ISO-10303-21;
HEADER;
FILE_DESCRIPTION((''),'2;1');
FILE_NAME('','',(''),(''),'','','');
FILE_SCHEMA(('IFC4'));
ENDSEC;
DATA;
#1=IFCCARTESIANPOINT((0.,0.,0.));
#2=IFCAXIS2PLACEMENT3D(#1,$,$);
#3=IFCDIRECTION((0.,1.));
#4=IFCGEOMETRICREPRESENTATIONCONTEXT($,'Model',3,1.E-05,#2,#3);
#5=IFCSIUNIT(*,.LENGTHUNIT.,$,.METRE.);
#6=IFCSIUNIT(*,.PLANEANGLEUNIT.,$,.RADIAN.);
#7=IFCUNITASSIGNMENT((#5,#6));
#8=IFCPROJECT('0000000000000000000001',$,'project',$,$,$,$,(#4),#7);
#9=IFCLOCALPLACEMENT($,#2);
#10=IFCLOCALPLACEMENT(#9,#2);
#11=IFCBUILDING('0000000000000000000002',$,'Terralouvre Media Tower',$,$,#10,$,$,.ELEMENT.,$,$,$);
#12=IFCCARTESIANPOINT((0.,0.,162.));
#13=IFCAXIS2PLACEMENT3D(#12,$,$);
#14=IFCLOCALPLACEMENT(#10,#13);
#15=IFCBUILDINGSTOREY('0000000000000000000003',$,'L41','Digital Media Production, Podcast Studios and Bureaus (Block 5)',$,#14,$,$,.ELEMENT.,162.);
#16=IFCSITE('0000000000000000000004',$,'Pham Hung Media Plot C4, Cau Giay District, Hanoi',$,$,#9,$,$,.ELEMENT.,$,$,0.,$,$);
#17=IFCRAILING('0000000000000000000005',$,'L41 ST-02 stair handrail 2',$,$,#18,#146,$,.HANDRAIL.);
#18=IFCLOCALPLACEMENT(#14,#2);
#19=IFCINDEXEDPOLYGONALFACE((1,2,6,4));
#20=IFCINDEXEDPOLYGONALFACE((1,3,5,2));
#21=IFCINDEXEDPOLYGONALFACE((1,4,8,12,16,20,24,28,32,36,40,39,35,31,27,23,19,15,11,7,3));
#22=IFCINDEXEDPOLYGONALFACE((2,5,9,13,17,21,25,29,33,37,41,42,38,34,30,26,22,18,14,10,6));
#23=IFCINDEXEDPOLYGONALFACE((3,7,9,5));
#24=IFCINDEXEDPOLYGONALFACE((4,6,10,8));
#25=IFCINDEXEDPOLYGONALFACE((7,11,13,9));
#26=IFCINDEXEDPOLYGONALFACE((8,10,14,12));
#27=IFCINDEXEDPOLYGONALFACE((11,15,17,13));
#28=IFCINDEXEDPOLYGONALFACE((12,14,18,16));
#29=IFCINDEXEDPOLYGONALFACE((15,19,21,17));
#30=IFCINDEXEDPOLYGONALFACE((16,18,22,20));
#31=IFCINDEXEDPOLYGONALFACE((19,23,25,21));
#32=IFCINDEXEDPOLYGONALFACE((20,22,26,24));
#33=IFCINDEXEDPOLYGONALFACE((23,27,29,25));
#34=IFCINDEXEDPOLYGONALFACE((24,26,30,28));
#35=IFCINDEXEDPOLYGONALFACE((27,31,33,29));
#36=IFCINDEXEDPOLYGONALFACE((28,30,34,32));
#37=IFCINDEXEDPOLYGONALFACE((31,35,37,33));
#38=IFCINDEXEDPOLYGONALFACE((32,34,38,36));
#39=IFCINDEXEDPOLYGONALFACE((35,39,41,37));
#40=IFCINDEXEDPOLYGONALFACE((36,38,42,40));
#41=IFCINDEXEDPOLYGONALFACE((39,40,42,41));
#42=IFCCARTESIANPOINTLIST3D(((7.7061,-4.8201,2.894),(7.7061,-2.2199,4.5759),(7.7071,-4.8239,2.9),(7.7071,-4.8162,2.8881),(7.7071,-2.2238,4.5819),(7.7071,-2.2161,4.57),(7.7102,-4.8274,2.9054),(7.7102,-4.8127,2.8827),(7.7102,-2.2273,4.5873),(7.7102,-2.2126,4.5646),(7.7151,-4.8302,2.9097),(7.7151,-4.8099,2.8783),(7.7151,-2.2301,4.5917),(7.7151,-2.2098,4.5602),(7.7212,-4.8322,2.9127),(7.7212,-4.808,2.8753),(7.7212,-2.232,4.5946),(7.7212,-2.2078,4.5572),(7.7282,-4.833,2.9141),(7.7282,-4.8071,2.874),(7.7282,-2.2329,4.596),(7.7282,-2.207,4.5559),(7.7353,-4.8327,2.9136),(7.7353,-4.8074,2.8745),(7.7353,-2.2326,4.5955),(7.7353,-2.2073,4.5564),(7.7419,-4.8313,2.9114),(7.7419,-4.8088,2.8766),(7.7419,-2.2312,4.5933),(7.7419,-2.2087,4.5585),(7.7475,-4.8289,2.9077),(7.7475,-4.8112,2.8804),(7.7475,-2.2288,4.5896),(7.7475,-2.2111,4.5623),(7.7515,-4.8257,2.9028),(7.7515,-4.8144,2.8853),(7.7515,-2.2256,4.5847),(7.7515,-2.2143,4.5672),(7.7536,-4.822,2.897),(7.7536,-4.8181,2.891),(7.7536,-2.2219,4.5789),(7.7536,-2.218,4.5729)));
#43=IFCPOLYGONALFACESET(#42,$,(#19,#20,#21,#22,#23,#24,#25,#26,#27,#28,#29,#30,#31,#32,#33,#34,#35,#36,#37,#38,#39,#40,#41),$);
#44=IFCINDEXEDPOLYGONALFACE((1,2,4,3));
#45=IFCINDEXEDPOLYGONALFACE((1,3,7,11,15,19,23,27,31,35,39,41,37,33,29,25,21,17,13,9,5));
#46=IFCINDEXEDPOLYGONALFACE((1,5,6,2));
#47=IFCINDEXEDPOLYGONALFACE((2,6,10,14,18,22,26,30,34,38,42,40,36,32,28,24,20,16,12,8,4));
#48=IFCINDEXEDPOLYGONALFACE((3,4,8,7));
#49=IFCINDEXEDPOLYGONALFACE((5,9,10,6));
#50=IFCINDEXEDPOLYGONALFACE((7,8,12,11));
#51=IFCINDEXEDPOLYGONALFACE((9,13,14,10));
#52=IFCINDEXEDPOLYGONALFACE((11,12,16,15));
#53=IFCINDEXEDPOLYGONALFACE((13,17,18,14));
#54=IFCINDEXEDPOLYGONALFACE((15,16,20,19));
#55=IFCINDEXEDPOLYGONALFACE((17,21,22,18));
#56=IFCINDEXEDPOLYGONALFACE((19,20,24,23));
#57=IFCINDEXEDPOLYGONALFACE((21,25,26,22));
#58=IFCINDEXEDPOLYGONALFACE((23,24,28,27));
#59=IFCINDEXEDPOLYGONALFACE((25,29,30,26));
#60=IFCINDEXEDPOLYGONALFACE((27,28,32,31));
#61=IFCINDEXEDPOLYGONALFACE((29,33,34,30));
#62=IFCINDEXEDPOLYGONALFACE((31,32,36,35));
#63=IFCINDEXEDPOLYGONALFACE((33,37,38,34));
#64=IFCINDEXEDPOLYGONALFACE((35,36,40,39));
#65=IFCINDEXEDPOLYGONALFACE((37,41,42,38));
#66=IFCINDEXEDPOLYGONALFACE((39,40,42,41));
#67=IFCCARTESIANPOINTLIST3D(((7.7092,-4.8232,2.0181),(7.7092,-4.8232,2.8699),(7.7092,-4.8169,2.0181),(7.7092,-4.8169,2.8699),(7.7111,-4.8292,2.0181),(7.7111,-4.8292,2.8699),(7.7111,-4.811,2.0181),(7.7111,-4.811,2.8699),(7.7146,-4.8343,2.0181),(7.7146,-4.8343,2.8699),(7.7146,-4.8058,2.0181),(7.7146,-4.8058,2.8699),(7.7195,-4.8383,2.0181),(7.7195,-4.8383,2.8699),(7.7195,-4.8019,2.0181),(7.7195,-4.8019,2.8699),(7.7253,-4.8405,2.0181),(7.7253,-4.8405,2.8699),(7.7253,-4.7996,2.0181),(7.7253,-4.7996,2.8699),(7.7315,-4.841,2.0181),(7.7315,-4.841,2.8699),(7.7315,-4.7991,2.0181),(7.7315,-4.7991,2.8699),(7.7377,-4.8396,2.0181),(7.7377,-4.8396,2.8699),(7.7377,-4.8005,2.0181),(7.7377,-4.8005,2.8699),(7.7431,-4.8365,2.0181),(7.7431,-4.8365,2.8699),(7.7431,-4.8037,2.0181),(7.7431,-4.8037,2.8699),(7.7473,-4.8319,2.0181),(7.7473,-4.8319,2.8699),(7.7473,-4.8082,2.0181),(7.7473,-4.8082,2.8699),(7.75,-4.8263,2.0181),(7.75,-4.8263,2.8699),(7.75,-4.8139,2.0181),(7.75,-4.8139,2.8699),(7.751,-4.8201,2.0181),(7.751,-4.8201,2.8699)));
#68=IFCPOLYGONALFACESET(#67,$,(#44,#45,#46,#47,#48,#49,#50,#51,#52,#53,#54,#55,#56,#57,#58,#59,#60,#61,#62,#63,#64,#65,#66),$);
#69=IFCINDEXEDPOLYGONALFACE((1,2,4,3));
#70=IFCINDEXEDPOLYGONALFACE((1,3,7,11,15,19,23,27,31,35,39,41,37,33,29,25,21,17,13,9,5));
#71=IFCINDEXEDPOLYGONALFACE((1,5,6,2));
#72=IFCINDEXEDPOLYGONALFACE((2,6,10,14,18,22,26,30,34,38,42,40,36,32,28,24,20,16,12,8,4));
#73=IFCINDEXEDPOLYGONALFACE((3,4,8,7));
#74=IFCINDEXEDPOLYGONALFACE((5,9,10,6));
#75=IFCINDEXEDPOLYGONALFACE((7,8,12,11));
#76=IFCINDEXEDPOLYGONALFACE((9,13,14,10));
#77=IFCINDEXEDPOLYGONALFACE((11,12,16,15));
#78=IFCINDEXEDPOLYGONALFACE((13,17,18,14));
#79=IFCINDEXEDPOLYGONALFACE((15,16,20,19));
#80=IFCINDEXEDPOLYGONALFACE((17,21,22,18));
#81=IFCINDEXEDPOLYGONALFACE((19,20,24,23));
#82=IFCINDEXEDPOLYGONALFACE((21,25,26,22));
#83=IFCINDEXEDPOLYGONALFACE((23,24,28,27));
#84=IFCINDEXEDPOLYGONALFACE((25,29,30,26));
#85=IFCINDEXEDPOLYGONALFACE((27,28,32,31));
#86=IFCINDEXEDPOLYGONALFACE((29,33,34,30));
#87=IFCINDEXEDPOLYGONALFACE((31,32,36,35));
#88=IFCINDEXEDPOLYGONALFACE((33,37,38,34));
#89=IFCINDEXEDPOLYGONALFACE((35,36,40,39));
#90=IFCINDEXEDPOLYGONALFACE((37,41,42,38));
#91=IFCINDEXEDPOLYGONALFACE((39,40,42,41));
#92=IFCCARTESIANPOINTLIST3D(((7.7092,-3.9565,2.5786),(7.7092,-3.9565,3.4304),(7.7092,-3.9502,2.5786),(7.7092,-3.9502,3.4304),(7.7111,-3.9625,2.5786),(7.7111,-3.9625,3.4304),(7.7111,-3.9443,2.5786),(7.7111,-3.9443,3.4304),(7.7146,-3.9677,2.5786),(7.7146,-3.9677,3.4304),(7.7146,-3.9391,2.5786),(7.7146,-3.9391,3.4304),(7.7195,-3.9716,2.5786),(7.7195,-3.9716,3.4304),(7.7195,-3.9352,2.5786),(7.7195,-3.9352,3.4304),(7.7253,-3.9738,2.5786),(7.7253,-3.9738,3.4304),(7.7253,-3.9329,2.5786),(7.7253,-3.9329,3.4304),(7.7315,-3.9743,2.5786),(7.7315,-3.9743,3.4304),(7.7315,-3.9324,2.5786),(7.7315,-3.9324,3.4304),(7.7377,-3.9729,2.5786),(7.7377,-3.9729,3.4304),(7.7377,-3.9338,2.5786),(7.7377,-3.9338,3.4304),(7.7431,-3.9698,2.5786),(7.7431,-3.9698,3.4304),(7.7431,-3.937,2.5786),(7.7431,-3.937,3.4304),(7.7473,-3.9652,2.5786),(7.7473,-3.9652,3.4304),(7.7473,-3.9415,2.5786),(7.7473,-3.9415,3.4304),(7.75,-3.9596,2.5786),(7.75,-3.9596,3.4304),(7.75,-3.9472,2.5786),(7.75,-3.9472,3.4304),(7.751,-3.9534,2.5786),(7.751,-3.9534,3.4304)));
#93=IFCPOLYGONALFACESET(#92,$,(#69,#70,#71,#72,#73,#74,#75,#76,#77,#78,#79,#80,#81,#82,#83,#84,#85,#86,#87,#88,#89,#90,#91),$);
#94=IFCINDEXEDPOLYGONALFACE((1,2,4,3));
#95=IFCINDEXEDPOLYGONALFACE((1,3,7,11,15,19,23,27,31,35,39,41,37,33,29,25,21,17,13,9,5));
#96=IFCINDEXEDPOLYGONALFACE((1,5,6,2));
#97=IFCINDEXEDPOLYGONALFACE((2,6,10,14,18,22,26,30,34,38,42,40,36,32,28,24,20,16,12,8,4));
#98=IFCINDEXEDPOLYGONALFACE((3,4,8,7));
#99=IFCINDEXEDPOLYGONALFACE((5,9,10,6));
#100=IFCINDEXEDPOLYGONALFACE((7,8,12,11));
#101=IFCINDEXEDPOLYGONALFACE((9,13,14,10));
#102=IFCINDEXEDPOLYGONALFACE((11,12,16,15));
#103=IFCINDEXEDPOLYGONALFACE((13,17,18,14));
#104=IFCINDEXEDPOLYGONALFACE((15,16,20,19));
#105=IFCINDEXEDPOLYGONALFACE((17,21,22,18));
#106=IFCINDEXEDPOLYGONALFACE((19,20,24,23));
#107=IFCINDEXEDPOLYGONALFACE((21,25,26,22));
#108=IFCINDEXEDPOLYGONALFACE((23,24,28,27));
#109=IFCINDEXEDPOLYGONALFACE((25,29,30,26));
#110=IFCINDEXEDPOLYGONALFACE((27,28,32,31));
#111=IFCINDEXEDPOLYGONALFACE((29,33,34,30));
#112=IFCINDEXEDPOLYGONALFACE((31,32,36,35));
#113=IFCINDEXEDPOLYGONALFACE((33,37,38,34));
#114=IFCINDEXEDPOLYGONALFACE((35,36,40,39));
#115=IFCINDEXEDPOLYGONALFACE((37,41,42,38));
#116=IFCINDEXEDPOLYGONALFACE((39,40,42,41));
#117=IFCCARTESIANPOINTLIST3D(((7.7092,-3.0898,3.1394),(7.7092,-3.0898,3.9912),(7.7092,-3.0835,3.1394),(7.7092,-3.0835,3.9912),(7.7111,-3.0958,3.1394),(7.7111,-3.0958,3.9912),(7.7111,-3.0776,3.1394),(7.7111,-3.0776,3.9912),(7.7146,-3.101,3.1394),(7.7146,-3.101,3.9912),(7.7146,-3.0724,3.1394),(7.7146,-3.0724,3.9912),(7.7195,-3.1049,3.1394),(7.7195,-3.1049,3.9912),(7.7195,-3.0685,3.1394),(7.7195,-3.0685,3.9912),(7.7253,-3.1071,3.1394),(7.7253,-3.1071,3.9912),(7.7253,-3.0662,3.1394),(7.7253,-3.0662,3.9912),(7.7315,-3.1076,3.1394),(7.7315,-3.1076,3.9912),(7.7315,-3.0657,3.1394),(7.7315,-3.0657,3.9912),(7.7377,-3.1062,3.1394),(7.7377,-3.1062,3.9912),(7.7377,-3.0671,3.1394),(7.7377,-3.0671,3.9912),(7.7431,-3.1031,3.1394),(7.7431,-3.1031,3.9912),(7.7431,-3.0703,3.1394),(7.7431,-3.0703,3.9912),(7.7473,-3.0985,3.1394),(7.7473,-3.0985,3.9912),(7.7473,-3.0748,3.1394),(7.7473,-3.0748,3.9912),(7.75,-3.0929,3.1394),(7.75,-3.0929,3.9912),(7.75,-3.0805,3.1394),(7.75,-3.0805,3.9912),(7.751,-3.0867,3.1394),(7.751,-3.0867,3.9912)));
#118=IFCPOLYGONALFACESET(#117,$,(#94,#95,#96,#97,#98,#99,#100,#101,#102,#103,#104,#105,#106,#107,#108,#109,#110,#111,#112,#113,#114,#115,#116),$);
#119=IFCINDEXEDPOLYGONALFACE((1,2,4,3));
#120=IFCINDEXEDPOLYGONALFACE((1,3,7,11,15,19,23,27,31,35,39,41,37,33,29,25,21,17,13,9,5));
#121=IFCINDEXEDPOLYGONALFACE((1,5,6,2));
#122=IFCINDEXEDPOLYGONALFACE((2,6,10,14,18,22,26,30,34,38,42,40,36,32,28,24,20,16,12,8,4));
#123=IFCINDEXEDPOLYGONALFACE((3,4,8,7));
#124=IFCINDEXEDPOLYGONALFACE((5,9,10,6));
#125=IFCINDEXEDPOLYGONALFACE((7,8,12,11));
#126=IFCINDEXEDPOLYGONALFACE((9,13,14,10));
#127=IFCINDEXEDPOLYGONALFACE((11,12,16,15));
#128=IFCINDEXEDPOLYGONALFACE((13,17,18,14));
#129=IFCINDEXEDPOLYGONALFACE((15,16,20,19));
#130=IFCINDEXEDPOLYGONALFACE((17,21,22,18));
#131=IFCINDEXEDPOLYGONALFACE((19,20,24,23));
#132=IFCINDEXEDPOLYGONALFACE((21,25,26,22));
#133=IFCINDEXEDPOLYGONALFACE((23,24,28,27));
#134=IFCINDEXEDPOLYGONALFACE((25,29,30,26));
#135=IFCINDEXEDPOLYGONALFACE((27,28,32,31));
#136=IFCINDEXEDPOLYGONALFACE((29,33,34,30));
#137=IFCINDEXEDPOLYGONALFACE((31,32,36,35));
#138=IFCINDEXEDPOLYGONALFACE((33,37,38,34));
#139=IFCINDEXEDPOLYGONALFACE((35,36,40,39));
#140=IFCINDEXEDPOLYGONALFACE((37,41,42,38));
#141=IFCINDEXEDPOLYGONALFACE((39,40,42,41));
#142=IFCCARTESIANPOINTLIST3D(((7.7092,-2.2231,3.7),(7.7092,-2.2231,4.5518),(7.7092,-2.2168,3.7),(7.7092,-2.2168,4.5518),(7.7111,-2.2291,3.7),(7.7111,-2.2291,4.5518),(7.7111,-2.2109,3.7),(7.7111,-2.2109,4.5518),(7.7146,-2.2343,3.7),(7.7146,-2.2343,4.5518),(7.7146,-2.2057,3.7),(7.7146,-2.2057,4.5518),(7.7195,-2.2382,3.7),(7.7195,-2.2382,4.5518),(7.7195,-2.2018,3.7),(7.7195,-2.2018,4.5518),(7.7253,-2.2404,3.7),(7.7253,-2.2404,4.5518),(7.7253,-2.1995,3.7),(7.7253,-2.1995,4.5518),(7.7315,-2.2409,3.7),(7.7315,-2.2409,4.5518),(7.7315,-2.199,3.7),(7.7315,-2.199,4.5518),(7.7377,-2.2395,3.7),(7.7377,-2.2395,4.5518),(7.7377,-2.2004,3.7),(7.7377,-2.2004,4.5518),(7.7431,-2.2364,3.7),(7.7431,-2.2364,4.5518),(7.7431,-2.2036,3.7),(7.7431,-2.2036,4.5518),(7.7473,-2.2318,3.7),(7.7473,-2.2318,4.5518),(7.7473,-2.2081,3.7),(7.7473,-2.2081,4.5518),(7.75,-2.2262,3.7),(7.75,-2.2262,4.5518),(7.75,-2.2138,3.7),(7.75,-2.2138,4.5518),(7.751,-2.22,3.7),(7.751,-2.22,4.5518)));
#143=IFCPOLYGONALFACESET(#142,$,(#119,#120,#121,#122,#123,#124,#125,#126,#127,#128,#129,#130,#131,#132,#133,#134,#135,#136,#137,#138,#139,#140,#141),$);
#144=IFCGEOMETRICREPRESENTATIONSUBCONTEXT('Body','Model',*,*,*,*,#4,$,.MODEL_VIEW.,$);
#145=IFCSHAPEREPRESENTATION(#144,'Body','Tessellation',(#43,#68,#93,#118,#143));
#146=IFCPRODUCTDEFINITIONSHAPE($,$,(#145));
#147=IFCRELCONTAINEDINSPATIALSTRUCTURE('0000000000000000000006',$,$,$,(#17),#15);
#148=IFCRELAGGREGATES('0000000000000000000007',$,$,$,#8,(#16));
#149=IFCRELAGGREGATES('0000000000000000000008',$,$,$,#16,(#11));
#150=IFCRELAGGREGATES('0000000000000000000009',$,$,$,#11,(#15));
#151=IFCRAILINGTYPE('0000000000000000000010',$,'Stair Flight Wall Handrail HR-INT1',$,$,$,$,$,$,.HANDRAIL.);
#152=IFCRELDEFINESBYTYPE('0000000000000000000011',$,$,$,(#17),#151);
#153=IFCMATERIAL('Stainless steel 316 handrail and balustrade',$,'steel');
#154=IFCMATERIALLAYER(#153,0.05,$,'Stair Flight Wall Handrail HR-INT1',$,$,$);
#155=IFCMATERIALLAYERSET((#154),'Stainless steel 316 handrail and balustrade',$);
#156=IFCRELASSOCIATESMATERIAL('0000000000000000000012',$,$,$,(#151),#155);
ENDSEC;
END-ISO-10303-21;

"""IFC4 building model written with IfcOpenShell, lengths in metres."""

from ifc_helpers import new_model, si_unit, direction, frame, origin, origin_2d, place, context, subcontext, project, spatial, circle, extrude, material, layer, layer_set, type_object, element, save


model = new_model("IFC4")

# Units and contexts
model_context = context("Model", 3, precision=1e-05, world=origin(), true_north=direction((0.0, 1.0)))
body_context = subcontext(model_context, "Body", "Model", "MODEL_VIEW")
ifc_project = project(units=[si_unit("LENGTHUNIT", "METRE"), si_unit("PLANEANGLEUNIT", "RADIAN")], contexts=[model_context])

# Site, building, storey
site_placement = place(None, origin())
site = spatial("IfcSite", under=ifc_project, at=site_placement, Name="Pham Hung Media Plot C4, Cau Giay District, Hanoi", CompositionType="ELEMENT", RefElevation=0.0)
building_placement = place(site_placement, origin())
building = spatial("IfcBuilding", under=site, at=building_placement, Name="Terralouvre Media Tower", CompositionType="ELEMENT")
storey_placement = place(building_placement, frame((0.0, 0.0, 162.0)))
storey = spatial("IfcBuildingStorey", under=building, at=storey_placement, Name="L41", Description="Digital Media Production, Podcast Studios and Bureaus (Block 5)", CompositionType="ELEMENT", Elevation=162.0)

# Railing
ifc_material_1 = material(Name="Stainless steel 316 handrail and balustrade", Category="steel")
ifc_layer_1 = layer(ifc_material_1, 0.05, Name="Stair Flight Wall Handrail HR-INT1")
ifc_layer_set_1 = layer_set([ifc_layer_1], Name="Stainless steel 316 handrail and balustrade")
railing_type_1 = type_object("IfcRailingType", Name="Stair Flight Wall Handrail HR-INT1", PredefinedType="HANDRAIL", material=ifc_layer_set_1)
railing_1_placement = place(storey_placement, frame((7.73, -4.8201, 2.0181)))
element("IfcRailing", 1, at=railing_1_placement, inside=storey, type_object=railing_type_1, Name="L41 ST-02 stair handrail 2", PredefinedType="HANDRAIL", context=body_context, shape_type="SweptSolid", body=[
    extrude(circle(Radius=0.0239, at=origin_2d()), frame((0.0, 0.0, 0.876), z_axis=(0.0, 0.839648, 0.54313), x_axis=(-1.0, 0.0, 0.0)), (0.0, 0.0, 1.0), 3.0967),
    extrude(circle(Radius=0.021, at=origin_2d()), origin(), (0.0, 0.0, 1.0), 0.8518),
    extrude(circle(Radius=0.021, at=origin_2d()), frame((0.0, 0.8667, 0.5605)), (0.0, 0.0, 1.0), 0.8518),
    extrude(circle(Radius=0.021, at=origin_2d()), frame((0.0, 1.7334, 1.1213)), (0.0, 0.0, 1.0), 0.8518),
    extrude(circle(Radius=0.021, at=origin_2d()), frame((0.0, 2.6001, 1.6819)), (0.0, 0.0, 1.0), 0.8518),
])

save(model, "model.ifc")
